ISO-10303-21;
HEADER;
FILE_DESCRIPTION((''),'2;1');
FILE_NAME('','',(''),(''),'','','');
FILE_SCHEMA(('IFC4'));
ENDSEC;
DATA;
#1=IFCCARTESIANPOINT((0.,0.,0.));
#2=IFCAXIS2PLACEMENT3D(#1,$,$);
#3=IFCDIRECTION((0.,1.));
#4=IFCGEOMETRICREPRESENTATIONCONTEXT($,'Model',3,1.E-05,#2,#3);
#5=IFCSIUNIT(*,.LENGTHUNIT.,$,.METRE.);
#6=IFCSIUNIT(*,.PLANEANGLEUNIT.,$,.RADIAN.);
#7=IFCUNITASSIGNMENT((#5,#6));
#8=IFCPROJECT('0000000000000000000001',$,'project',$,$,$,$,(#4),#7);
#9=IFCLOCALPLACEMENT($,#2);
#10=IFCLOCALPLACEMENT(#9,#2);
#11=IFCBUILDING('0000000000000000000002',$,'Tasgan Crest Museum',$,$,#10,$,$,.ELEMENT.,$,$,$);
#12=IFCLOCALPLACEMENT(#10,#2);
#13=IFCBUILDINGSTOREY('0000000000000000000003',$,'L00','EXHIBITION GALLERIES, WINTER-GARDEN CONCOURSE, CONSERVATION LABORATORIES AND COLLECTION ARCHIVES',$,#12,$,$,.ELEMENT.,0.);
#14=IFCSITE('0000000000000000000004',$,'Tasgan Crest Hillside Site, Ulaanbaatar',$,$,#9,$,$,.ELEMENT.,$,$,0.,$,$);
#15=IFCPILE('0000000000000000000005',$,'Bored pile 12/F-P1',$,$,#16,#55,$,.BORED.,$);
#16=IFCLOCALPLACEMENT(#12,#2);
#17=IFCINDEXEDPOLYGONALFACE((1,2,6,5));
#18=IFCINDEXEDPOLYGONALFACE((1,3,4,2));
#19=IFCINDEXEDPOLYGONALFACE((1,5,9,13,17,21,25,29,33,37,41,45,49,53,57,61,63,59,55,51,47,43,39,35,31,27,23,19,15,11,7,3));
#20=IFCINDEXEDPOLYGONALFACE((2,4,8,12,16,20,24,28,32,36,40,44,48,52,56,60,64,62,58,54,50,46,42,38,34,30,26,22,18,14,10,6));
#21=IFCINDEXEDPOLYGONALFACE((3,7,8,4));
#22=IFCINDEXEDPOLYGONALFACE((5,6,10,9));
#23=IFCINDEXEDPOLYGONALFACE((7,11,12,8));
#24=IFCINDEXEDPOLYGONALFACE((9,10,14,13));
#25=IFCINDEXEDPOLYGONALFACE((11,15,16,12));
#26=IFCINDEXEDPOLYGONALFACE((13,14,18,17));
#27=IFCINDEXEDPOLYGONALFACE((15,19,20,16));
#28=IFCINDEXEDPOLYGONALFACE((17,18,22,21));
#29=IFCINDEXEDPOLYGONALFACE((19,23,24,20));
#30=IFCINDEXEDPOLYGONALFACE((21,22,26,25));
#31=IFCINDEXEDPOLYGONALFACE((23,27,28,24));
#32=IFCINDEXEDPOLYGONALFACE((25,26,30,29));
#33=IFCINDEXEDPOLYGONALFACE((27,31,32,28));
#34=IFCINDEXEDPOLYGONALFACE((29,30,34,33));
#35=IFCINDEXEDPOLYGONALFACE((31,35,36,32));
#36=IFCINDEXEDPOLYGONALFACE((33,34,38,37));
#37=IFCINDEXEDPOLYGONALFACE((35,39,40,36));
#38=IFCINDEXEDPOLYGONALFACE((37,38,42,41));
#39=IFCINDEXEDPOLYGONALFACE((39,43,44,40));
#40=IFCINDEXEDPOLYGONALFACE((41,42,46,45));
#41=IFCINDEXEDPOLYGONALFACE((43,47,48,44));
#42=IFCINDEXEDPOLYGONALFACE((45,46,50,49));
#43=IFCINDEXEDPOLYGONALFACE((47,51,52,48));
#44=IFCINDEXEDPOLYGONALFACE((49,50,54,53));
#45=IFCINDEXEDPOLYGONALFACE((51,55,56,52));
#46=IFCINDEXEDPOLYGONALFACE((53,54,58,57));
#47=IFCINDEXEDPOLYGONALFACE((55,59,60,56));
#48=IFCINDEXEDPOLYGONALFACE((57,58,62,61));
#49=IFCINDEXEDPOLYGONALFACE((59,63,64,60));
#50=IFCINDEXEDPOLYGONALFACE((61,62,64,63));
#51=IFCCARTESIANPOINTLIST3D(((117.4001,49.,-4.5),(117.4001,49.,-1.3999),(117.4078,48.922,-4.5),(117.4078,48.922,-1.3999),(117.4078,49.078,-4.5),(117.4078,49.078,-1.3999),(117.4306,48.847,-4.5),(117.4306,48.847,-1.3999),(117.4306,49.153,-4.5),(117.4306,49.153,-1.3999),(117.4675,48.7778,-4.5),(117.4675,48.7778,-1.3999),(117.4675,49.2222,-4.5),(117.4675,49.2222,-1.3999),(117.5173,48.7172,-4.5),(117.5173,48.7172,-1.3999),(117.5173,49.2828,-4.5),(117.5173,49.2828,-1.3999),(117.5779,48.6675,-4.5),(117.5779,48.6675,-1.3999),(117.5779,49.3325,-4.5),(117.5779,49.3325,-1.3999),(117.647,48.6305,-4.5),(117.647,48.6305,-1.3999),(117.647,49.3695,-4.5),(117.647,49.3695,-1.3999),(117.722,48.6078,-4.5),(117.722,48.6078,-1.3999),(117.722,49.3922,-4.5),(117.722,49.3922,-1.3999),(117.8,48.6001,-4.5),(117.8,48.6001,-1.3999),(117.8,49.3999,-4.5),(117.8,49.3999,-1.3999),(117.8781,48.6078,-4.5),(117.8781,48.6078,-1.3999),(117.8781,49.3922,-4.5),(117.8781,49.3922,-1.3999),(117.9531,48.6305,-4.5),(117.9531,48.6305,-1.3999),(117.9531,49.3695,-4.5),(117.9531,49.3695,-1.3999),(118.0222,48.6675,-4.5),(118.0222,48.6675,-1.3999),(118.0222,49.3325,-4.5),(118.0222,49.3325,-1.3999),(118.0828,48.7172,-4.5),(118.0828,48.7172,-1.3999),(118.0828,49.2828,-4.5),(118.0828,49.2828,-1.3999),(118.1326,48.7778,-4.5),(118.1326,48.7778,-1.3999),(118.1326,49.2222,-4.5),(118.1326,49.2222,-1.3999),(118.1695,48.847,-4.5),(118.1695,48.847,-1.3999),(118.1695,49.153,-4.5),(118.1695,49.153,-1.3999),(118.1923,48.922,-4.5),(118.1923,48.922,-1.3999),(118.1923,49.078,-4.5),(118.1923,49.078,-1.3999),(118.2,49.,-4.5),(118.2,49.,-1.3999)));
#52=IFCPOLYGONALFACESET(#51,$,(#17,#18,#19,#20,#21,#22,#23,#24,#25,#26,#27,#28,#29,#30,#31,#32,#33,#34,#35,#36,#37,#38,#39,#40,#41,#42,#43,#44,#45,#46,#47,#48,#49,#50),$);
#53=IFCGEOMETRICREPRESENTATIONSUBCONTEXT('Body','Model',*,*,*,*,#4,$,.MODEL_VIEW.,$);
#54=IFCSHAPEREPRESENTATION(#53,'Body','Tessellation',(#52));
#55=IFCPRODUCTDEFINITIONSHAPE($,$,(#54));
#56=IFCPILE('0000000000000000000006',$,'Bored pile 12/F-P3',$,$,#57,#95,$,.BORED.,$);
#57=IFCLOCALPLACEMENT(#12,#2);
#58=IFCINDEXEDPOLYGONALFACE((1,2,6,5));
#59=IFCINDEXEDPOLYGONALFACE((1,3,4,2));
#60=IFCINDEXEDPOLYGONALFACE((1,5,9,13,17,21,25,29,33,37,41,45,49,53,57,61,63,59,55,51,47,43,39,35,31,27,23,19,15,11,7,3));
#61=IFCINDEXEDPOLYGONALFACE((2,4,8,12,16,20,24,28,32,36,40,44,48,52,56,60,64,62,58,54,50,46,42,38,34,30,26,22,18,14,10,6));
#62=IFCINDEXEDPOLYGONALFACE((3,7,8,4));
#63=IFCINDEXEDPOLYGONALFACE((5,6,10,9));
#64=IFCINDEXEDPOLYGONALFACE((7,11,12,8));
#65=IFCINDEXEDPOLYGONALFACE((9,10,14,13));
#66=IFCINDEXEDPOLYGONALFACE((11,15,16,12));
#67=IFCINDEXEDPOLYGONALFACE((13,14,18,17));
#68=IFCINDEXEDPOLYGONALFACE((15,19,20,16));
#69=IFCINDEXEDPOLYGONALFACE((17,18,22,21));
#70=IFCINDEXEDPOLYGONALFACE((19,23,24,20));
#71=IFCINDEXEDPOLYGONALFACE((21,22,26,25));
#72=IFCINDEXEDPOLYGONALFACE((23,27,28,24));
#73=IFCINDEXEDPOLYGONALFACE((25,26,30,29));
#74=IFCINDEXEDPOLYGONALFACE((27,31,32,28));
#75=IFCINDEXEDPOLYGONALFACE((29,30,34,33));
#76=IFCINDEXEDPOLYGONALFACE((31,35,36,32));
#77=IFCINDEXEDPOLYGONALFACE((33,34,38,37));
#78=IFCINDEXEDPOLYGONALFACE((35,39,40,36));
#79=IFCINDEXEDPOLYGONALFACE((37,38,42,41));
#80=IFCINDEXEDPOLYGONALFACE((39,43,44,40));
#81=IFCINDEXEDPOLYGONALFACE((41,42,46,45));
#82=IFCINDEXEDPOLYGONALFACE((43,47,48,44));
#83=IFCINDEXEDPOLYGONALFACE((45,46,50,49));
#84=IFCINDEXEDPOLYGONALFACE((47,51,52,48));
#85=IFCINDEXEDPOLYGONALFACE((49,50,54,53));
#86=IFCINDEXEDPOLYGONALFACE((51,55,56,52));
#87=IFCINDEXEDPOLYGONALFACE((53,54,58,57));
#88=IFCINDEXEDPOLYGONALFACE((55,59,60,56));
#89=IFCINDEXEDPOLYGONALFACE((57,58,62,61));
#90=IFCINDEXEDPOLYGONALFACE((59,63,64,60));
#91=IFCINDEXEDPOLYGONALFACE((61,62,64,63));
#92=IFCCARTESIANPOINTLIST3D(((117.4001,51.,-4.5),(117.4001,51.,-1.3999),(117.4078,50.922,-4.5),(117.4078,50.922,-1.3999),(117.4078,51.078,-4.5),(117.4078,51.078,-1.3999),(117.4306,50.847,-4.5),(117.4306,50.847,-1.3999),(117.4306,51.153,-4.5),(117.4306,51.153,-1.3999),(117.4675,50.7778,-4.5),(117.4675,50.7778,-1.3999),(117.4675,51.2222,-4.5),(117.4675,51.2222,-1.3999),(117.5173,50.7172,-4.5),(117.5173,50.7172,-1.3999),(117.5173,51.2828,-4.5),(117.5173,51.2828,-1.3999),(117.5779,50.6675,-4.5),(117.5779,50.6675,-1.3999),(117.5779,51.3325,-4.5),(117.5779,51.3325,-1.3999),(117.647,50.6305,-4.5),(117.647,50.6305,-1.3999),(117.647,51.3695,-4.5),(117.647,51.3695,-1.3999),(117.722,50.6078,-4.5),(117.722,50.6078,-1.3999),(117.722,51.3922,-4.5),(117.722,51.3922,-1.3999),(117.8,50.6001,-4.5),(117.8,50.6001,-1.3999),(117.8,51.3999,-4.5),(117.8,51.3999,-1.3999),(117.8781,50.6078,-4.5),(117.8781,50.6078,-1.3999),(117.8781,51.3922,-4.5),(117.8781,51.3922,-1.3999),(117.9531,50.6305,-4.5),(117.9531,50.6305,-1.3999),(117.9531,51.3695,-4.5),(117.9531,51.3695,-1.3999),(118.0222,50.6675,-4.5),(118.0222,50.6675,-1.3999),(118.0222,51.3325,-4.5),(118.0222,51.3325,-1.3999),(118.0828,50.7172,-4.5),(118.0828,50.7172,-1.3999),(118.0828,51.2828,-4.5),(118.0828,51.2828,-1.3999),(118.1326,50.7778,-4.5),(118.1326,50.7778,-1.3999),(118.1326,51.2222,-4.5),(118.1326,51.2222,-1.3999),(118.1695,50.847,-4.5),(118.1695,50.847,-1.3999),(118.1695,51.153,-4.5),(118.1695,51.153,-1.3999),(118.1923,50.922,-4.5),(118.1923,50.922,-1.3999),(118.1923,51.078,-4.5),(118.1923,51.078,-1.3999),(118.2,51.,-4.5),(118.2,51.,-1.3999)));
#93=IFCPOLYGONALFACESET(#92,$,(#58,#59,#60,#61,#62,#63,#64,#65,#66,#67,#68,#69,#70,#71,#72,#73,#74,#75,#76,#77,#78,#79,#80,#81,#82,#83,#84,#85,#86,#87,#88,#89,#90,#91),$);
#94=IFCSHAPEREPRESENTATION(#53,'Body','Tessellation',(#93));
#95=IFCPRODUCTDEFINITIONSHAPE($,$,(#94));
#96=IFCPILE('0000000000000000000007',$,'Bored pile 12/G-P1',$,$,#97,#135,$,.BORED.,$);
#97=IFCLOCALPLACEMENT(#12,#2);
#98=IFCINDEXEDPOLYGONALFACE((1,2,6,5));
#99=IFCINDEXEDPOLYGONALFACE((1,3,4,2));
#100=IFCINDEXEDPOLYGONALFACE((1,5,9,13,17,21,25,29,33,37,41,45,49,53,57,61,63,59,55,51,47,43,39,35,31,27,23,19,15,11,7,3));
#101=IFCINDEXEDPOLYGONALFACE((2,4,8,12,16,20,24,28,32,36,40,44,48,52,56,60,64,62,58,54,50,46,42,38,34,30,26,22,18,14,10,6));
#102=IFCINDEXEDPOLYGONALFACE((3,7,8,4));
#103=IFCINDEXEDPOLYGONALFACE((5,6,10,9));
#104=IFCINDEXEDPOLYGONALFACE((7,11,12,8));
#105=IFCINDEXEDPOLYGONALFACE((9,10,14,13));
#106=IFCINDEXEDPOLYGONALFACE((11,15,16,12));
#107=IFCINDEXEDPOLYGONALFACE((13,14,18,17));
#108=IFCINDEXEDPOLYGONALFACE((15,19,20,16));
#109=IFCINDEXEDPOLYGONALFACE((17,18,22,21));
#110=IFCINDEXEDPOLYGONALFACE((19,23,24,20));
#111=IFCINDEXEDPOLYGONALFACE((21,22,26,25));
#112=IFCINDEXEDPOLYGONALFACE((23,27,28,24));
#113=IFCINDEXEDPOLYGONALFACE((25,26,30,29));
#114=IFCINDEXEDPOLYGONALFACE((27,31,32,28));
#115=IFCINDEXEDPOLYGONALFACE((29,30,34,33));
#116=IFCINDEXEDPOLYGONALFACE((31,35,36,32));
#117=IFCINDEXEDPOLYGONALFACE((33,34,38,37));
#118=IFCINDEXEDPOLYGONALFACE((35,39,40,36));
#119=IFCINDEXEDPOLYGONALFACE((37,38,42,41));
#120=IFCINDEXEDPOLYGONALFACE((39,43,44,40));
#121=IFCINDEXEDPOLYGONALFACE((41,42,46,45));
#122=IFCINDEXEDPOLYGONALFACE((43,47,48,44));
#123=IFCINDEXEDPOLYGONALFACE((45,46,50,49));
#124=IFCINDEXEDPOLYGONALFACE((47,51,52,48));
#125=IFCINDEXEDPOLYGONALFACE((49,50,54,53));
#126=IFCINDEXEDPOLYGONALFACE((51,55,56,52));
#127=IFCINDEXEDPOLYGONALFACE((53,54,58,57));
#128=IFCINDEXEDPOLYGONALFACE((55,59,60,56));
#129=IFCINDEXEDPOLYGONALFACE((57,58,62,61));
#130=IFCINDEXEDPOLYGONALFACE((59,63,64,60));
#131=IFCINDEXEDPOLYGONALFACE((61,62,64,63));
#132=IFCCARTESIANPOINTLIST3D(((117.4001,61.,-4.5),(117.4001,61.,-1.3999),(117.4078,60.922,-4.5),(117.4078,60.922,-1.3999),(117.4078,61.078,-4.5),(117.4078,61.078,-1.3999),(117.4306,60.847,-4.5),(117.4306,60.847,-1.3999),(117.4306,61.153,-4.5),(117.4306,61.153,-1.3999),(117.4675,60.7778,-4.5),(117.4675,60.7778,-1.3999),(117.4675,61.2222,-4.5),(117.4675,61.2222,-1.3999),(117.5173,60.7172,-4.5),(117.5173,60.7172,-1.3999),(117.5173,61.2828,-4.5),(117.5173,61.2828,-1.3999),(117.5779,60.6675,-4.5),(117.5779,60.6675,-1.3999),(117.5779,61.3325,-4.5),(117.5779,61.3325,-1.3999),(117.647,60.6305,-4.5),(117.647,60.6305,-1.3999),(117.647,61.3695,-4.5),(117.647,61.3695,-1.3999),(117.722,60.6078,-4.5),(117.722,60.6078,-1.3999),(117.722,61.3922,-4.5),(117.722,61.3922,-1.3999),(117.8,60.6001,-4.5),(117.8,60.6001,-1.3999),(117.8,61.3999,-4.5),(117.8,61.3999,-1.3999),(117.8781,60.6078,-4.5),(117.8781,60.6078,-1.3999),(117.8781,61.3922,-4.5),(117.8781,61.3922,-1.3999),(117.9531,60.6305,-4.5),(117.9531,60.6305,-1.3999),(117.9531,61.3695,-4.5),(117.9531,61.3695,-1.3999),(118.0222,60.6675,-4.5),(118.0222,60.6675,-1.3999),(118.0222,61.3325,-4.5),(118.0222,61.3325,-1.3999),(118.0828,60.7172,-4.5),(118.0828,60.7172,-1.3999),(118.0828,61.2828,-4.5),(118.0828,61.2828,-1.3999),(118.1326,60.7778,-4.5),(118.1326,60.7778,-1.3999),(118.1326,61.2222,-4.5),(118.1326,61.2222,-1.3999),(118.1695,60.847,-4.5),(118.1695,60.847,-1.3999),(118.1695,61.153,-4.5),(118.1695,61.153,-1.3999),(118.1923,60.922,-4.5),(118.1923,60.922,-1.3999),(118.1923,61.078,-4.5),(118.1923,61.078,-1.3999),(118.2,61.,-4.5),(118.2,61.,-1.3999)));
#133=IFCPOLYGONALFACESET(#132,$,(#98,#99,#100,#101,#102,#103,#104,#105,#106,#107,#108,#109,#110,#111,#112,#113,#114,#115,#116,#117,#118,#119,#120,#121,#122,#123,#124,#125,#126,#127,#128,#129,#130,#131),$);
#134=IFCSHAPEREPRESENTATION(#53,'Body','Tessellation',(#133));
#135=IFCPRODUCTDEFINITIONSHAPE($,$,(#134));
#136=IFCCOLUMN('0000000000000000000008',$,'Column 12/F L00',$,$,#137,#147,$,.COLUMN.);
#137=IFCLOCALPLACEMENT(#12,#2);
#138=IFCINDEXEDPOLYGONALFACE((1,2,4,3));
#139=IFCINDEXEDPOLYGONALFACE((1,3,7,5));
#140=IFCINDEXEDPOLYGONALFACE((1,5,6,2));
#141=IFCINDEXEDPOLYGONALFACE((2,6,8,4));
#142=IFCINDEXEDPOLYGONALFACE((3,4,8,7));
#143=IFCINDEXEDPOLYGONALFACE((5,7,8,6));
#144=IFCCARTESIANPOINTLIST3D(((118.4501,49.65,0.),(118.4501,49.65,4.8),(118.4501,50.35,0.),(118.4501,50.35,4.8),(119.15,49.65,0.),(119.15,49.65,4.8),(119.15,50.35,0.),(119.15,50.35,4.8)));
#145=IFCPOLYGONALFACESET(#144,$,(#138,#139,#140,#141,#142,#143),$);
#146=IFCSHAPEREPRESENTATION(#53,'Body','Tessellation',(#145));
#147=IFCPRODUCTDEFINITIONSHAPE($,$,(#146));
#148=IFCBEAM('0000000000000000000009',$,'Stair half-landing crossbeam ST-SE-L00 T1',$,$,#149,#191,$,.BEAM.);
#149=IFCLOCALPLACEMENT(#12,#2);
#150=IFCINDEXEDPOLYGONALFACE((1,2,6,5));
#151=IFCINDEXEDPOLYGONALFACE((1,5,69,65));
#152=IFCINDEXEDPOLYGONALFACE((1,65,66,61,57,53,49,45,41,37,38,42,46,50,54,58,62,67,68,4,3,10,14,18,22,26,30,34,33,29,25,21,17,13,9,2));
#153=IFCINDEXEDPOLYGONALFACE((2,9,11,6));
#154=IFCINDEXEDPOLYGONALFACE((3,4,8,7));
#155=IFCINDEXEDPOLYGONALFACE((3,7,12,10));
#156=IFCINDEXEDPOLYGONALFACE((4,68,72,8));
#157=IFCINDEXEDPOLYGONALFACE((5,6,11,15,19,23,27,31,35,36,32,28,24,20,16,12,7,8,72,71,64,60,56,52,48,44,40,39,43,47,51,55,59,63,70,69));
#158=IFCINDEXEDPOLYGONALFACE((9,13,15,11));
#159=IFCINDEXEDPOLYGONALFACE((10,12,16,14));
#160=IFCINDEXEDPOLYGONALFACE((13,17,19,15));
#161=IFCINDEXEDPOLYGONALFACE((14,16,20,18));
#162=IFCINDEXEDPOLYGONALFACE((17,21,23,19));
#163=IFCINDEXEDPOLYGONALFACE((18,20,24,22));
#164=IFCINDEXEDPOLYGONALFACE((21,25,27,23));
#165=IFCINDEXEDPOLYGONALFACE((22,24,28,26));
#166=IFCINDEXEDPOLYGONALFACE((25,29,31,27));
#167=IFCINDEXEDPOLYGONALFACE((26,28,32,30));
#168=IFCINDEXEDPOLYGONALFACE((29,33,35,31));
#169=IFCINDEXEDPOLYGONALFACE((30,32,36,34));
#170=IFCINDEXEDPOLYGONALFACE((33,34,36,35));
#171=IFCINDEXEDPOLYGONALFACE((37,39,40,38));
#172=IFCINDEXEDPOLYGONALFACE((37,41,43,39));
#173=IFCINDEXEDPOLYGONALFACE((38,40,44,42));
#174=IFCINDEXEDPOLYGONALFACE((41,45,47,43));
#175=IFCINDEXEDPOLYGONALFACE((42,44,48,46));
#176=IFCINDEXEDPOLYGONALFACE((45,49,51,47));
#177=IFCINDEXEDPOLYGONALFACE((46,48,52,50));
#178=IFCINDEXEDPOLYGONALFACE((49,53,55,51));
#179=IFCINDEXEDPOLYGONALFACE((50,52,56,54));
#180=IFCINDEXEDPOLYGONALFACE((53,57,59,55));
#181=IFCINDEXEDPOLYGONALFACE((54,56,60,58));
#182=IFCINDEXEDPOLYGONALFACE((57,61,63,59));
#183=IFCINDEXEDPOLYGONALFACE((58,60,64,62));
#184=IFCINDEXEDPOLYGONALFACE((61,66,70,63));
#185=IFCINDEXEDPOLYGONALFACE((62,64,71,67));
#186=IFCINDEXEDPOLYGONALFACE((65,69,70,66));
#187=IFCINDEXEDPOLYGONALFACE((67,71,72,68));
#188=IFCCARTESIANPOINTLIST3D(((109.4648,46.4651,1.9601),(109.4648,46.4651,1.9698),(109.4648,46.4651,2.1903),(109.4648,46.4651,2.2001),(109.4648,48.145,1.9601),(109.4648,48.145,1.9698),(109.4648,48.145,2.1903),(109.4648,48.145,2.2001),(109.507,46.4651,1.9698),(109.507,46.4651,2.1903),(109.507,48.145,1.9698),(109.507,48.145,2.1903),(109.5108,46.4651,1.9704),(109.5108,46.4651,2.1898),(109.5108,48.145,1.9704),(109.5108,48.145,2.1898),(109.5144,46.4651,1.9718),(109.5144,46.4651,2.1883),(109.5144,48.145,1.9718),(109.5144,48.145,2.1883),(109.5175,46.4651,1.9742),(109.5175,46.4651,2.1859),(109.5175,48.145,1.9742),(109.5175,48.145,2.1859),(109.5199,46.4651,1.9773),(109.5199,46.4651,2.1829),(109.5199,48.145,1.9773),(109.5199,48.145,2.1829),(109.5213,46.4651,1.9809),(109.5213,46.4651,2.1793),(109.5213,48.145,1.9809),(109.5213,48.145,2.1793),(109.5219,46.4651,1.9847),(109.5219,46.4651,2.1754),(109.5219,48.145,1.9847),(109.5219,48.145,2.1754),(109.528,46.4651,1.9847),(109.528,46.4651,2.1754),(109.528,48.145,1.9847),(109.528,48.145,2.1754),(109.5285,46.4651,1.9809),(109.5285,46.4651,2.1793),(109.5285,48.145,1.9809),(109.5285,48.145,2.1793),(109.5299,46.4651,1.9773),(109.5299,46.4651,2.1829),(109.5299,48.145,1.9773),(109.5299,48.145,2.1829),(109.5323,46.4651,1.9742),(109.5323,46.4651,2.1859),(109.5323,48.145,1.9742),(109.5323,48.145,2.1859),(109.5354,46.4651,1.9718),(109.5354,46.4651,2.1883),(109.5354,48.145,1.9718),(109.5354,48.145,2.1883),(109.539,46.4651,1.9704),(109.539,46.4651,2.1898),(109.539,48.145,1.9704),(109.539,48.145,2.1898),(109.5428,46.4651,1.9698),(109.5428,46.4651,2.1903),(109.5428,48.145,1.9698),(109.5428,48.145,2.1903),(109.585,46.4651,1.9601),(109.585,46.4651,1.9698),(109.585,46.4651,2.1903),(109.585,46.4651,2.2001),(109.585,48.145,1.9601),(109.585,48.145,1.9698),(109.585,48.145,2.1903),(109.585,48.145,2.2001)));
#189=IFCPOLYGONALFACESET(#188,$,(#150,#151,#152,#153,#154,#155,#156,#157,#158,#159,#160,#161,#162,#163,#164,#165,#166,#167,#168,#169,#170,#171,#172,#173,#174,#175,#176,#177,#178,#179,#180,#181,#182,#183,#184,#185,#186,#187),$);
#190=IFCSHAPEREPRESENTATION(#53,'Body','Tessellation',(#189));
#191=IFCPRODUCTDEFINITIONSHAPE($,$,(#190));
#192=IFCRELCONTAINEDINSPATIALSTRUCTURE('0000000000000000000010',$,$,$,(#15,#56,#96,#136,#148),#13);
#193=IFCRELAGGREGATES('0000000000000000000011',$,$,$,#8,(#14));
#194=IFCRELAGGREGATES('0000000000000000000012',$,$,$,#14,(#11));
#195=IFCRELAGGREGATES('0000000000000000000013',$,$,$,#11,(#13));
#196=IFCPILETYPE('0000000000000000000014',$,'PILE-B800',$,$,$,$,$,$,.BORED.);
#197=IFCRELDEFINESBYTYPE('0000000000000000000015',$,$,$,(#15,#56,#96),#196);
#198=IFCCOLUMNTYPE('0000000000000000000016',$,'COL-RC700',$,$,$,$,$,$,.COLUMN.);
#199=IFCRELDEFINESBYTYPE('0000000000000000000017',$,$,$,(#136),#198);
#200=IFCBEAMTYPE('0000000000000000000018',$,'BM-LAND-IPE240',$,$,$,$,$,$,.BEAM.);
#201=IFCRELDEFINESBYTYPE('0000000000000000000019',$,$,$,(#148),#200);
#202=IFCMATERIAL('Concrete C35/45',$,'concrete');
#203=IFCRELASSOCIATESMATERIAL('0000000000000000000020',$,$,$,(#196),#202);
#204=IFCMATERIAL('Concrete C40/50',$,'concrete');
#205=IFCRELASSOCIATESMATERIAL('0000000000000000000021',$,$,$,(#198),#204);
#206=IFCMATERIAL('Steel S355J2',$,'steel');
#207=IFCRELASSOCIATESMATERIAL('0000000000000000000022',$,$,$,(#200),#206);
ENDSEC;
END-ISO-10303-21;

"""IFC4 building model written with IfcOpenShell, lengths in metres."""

from ifc_helpers import new_model, si_unit, direction, frame, origin, origin_2d, place, context, subcontext, project, spatial, rectangle, circle, i_section, extrude, material, material_profile, profile_set, type_object, element, save


model = new_model("IFC4")

# Units and contexts
model_context = context("Model", 3, precision=1e-05, world=origin(), true_north=direction((0.0, 1.0)))
body_context = subcontext(model_context, "Body", "Model", "MODEL_VIEW")
ifc_project = project(units=[si_unit("LENGTHUNIT", "METRE"), si_unit("PLANEANGLEUNIT", "RADIAN")], contexts=[model_context])

# Site, building, storey
site_placement = place(None, origin())
site = spatial("IfcSite", under=ifc_project, at=site_placement, Name="Tasgan Crest Hillside Site, Ulaanbaatar", CompositionType="ELEMENT", RefElevation=0.0)
building_placement = place(site_placement, origin())
building = spatial("IfcBuilding", under=site, at=building_placement, Name="Tasgan Crest Museum", CompositionType="ELEMENT")
storey_placement = place(building_placement, origin())
storey = spatial("IfcBuildingStorey", under=building, at=storey_placement, Name="L00", Description="EXHIBITION GALLERIES, WINTER-GARDEN CONCOURSE, CONSERVATION LABORATORIES AND COLLECTION ARCHIVES", CompositionType="ELEMENT", Elevation=0.0)

# Piles
ifc_material_1 = material(Name="Concrete C35/45", Category="concrete")
ifc_material_profile_1 = material_profile(ifc_material_1, circle(Radius=0.3999, at=origin_2d()), Name="PILE D800")
ifc_profile_set_1 = profile_set([ifc_material_profile_1], Name="Concrete C35/45")
pile_type_1 = type_object("IfcPileType", Name="PILE-B800", PredefinedType="BORED", material=ifc_profile_set_1)
for number, where, z_axis, x_axis, name in (
    (1, (117.8, 49.0, -1.3999), (0.0, 0.0, -1.0), (1.0, 0.0, 0.0), "Bored pile 12/F-P1"),
    (2, (117.8, 51.0, -1.3999), (0.0, 0.0, -1.0), (1.0, 0.0, 0.0), "Bored pile 12/F-P3"),
    (3, (117.8, 61.0, -1.3999), (0.0, 0.0, -1.0), (1.0, 0.0, 0.0), "Bored pile 12/G-P1"),
):
    element("IfcPile", number, at=place(storey_placement, frame(where, z_axis=z_axis, x_axis=x_axis)), inside=storey, type_object=pile_type_1, Name=name, PredefinedType="BORED", context=body_context, shape_type="SweptSolid", body=[
        extrude(circle(Radius=0.3999, at=origin_2d()), origin(), (0.0, 0.0, 1.0), 3.1001),
    ])

# Column
ifc_material_2 = material(Name="Concrete C40/50", Category="concrete")
ifc_material_profile_2 = material_profile(ifc_material_2, rectangle(XDim=0.7, YDim=0.7, at=origin_2d()), Name="RC 700x700")
ifc_profile_set_2 = profile_set([ifc_material_profile_2], Name="Concrete C40/50")
column_type = type_object("IfcColumnType", Name="COL-RC700", PredefinedType="COLUMN", material=ifc_profile_set_2)
column_placement = place(storey_placement, frame((118.8, 50.0, 0.0), z_axis=(0.0, 0.0, 1.0), x_axis=(1.0, 0.0, 0.0)))
element("IfcColumn", 4, at=column_placement, inside=storey, type_object=column_type, Name="Column 12/F L00", PredefinedType="COLUMN", context=body_context, shape_type="SweptSolid", body=[
    extrude(rectangle(XDim=0.7, YDim=0.7, at=origin_2d()), origin(), (0.0, 0.0, 1.0), 4.8),
])

# Beam
ifc_material_3 = material(Name="Steel S355J2", Category="steel")
ifc_material_profile_3 = material_profile(ifc_material_3, i_section(OverallWidth=0.1201, OverallDepth=0.24, WebThickness=0.0061, FlangeThickness=0.0098, FilletRadius=0.0149, at=origin_2d()), Name="IPE 240")
ifc_profile_set_3 = profile_set([ifc_material_profile_3], Name="Steel S355J2")
beam_type_1 = type_object("IfcBeamType", Name="BM-LAND-IPE240", PredefinedType="BEAM", material=ifc_profile_set_3)
beam_placement = place(storey_placement, frame((109.5249, 46.4651, 2.0801), z_axis=(0.0, 1.0, 0.0), x_axis=(-1.0, 0.0, 0.0)))
element("IfcBeam", 5, at=beam_placement, inside=storey, type_object=beam_type_1, Name="Stair half-landing crossbeam ST-SE-L00 T1", PredefinedType="BEAM", context=body_context, shape_type="SweptSolid", body=[
    extrude(i_section(OverallWidth=0.1201, OverallDepth=0.24, WebThickness=0.0061, FlangeThickness=0.0098, FilletRadius=0.0149, at=origin_2d()), origin(), (0.0, 0.0, 1.0), 1.6799),
])

save(model, "model.ifc")
